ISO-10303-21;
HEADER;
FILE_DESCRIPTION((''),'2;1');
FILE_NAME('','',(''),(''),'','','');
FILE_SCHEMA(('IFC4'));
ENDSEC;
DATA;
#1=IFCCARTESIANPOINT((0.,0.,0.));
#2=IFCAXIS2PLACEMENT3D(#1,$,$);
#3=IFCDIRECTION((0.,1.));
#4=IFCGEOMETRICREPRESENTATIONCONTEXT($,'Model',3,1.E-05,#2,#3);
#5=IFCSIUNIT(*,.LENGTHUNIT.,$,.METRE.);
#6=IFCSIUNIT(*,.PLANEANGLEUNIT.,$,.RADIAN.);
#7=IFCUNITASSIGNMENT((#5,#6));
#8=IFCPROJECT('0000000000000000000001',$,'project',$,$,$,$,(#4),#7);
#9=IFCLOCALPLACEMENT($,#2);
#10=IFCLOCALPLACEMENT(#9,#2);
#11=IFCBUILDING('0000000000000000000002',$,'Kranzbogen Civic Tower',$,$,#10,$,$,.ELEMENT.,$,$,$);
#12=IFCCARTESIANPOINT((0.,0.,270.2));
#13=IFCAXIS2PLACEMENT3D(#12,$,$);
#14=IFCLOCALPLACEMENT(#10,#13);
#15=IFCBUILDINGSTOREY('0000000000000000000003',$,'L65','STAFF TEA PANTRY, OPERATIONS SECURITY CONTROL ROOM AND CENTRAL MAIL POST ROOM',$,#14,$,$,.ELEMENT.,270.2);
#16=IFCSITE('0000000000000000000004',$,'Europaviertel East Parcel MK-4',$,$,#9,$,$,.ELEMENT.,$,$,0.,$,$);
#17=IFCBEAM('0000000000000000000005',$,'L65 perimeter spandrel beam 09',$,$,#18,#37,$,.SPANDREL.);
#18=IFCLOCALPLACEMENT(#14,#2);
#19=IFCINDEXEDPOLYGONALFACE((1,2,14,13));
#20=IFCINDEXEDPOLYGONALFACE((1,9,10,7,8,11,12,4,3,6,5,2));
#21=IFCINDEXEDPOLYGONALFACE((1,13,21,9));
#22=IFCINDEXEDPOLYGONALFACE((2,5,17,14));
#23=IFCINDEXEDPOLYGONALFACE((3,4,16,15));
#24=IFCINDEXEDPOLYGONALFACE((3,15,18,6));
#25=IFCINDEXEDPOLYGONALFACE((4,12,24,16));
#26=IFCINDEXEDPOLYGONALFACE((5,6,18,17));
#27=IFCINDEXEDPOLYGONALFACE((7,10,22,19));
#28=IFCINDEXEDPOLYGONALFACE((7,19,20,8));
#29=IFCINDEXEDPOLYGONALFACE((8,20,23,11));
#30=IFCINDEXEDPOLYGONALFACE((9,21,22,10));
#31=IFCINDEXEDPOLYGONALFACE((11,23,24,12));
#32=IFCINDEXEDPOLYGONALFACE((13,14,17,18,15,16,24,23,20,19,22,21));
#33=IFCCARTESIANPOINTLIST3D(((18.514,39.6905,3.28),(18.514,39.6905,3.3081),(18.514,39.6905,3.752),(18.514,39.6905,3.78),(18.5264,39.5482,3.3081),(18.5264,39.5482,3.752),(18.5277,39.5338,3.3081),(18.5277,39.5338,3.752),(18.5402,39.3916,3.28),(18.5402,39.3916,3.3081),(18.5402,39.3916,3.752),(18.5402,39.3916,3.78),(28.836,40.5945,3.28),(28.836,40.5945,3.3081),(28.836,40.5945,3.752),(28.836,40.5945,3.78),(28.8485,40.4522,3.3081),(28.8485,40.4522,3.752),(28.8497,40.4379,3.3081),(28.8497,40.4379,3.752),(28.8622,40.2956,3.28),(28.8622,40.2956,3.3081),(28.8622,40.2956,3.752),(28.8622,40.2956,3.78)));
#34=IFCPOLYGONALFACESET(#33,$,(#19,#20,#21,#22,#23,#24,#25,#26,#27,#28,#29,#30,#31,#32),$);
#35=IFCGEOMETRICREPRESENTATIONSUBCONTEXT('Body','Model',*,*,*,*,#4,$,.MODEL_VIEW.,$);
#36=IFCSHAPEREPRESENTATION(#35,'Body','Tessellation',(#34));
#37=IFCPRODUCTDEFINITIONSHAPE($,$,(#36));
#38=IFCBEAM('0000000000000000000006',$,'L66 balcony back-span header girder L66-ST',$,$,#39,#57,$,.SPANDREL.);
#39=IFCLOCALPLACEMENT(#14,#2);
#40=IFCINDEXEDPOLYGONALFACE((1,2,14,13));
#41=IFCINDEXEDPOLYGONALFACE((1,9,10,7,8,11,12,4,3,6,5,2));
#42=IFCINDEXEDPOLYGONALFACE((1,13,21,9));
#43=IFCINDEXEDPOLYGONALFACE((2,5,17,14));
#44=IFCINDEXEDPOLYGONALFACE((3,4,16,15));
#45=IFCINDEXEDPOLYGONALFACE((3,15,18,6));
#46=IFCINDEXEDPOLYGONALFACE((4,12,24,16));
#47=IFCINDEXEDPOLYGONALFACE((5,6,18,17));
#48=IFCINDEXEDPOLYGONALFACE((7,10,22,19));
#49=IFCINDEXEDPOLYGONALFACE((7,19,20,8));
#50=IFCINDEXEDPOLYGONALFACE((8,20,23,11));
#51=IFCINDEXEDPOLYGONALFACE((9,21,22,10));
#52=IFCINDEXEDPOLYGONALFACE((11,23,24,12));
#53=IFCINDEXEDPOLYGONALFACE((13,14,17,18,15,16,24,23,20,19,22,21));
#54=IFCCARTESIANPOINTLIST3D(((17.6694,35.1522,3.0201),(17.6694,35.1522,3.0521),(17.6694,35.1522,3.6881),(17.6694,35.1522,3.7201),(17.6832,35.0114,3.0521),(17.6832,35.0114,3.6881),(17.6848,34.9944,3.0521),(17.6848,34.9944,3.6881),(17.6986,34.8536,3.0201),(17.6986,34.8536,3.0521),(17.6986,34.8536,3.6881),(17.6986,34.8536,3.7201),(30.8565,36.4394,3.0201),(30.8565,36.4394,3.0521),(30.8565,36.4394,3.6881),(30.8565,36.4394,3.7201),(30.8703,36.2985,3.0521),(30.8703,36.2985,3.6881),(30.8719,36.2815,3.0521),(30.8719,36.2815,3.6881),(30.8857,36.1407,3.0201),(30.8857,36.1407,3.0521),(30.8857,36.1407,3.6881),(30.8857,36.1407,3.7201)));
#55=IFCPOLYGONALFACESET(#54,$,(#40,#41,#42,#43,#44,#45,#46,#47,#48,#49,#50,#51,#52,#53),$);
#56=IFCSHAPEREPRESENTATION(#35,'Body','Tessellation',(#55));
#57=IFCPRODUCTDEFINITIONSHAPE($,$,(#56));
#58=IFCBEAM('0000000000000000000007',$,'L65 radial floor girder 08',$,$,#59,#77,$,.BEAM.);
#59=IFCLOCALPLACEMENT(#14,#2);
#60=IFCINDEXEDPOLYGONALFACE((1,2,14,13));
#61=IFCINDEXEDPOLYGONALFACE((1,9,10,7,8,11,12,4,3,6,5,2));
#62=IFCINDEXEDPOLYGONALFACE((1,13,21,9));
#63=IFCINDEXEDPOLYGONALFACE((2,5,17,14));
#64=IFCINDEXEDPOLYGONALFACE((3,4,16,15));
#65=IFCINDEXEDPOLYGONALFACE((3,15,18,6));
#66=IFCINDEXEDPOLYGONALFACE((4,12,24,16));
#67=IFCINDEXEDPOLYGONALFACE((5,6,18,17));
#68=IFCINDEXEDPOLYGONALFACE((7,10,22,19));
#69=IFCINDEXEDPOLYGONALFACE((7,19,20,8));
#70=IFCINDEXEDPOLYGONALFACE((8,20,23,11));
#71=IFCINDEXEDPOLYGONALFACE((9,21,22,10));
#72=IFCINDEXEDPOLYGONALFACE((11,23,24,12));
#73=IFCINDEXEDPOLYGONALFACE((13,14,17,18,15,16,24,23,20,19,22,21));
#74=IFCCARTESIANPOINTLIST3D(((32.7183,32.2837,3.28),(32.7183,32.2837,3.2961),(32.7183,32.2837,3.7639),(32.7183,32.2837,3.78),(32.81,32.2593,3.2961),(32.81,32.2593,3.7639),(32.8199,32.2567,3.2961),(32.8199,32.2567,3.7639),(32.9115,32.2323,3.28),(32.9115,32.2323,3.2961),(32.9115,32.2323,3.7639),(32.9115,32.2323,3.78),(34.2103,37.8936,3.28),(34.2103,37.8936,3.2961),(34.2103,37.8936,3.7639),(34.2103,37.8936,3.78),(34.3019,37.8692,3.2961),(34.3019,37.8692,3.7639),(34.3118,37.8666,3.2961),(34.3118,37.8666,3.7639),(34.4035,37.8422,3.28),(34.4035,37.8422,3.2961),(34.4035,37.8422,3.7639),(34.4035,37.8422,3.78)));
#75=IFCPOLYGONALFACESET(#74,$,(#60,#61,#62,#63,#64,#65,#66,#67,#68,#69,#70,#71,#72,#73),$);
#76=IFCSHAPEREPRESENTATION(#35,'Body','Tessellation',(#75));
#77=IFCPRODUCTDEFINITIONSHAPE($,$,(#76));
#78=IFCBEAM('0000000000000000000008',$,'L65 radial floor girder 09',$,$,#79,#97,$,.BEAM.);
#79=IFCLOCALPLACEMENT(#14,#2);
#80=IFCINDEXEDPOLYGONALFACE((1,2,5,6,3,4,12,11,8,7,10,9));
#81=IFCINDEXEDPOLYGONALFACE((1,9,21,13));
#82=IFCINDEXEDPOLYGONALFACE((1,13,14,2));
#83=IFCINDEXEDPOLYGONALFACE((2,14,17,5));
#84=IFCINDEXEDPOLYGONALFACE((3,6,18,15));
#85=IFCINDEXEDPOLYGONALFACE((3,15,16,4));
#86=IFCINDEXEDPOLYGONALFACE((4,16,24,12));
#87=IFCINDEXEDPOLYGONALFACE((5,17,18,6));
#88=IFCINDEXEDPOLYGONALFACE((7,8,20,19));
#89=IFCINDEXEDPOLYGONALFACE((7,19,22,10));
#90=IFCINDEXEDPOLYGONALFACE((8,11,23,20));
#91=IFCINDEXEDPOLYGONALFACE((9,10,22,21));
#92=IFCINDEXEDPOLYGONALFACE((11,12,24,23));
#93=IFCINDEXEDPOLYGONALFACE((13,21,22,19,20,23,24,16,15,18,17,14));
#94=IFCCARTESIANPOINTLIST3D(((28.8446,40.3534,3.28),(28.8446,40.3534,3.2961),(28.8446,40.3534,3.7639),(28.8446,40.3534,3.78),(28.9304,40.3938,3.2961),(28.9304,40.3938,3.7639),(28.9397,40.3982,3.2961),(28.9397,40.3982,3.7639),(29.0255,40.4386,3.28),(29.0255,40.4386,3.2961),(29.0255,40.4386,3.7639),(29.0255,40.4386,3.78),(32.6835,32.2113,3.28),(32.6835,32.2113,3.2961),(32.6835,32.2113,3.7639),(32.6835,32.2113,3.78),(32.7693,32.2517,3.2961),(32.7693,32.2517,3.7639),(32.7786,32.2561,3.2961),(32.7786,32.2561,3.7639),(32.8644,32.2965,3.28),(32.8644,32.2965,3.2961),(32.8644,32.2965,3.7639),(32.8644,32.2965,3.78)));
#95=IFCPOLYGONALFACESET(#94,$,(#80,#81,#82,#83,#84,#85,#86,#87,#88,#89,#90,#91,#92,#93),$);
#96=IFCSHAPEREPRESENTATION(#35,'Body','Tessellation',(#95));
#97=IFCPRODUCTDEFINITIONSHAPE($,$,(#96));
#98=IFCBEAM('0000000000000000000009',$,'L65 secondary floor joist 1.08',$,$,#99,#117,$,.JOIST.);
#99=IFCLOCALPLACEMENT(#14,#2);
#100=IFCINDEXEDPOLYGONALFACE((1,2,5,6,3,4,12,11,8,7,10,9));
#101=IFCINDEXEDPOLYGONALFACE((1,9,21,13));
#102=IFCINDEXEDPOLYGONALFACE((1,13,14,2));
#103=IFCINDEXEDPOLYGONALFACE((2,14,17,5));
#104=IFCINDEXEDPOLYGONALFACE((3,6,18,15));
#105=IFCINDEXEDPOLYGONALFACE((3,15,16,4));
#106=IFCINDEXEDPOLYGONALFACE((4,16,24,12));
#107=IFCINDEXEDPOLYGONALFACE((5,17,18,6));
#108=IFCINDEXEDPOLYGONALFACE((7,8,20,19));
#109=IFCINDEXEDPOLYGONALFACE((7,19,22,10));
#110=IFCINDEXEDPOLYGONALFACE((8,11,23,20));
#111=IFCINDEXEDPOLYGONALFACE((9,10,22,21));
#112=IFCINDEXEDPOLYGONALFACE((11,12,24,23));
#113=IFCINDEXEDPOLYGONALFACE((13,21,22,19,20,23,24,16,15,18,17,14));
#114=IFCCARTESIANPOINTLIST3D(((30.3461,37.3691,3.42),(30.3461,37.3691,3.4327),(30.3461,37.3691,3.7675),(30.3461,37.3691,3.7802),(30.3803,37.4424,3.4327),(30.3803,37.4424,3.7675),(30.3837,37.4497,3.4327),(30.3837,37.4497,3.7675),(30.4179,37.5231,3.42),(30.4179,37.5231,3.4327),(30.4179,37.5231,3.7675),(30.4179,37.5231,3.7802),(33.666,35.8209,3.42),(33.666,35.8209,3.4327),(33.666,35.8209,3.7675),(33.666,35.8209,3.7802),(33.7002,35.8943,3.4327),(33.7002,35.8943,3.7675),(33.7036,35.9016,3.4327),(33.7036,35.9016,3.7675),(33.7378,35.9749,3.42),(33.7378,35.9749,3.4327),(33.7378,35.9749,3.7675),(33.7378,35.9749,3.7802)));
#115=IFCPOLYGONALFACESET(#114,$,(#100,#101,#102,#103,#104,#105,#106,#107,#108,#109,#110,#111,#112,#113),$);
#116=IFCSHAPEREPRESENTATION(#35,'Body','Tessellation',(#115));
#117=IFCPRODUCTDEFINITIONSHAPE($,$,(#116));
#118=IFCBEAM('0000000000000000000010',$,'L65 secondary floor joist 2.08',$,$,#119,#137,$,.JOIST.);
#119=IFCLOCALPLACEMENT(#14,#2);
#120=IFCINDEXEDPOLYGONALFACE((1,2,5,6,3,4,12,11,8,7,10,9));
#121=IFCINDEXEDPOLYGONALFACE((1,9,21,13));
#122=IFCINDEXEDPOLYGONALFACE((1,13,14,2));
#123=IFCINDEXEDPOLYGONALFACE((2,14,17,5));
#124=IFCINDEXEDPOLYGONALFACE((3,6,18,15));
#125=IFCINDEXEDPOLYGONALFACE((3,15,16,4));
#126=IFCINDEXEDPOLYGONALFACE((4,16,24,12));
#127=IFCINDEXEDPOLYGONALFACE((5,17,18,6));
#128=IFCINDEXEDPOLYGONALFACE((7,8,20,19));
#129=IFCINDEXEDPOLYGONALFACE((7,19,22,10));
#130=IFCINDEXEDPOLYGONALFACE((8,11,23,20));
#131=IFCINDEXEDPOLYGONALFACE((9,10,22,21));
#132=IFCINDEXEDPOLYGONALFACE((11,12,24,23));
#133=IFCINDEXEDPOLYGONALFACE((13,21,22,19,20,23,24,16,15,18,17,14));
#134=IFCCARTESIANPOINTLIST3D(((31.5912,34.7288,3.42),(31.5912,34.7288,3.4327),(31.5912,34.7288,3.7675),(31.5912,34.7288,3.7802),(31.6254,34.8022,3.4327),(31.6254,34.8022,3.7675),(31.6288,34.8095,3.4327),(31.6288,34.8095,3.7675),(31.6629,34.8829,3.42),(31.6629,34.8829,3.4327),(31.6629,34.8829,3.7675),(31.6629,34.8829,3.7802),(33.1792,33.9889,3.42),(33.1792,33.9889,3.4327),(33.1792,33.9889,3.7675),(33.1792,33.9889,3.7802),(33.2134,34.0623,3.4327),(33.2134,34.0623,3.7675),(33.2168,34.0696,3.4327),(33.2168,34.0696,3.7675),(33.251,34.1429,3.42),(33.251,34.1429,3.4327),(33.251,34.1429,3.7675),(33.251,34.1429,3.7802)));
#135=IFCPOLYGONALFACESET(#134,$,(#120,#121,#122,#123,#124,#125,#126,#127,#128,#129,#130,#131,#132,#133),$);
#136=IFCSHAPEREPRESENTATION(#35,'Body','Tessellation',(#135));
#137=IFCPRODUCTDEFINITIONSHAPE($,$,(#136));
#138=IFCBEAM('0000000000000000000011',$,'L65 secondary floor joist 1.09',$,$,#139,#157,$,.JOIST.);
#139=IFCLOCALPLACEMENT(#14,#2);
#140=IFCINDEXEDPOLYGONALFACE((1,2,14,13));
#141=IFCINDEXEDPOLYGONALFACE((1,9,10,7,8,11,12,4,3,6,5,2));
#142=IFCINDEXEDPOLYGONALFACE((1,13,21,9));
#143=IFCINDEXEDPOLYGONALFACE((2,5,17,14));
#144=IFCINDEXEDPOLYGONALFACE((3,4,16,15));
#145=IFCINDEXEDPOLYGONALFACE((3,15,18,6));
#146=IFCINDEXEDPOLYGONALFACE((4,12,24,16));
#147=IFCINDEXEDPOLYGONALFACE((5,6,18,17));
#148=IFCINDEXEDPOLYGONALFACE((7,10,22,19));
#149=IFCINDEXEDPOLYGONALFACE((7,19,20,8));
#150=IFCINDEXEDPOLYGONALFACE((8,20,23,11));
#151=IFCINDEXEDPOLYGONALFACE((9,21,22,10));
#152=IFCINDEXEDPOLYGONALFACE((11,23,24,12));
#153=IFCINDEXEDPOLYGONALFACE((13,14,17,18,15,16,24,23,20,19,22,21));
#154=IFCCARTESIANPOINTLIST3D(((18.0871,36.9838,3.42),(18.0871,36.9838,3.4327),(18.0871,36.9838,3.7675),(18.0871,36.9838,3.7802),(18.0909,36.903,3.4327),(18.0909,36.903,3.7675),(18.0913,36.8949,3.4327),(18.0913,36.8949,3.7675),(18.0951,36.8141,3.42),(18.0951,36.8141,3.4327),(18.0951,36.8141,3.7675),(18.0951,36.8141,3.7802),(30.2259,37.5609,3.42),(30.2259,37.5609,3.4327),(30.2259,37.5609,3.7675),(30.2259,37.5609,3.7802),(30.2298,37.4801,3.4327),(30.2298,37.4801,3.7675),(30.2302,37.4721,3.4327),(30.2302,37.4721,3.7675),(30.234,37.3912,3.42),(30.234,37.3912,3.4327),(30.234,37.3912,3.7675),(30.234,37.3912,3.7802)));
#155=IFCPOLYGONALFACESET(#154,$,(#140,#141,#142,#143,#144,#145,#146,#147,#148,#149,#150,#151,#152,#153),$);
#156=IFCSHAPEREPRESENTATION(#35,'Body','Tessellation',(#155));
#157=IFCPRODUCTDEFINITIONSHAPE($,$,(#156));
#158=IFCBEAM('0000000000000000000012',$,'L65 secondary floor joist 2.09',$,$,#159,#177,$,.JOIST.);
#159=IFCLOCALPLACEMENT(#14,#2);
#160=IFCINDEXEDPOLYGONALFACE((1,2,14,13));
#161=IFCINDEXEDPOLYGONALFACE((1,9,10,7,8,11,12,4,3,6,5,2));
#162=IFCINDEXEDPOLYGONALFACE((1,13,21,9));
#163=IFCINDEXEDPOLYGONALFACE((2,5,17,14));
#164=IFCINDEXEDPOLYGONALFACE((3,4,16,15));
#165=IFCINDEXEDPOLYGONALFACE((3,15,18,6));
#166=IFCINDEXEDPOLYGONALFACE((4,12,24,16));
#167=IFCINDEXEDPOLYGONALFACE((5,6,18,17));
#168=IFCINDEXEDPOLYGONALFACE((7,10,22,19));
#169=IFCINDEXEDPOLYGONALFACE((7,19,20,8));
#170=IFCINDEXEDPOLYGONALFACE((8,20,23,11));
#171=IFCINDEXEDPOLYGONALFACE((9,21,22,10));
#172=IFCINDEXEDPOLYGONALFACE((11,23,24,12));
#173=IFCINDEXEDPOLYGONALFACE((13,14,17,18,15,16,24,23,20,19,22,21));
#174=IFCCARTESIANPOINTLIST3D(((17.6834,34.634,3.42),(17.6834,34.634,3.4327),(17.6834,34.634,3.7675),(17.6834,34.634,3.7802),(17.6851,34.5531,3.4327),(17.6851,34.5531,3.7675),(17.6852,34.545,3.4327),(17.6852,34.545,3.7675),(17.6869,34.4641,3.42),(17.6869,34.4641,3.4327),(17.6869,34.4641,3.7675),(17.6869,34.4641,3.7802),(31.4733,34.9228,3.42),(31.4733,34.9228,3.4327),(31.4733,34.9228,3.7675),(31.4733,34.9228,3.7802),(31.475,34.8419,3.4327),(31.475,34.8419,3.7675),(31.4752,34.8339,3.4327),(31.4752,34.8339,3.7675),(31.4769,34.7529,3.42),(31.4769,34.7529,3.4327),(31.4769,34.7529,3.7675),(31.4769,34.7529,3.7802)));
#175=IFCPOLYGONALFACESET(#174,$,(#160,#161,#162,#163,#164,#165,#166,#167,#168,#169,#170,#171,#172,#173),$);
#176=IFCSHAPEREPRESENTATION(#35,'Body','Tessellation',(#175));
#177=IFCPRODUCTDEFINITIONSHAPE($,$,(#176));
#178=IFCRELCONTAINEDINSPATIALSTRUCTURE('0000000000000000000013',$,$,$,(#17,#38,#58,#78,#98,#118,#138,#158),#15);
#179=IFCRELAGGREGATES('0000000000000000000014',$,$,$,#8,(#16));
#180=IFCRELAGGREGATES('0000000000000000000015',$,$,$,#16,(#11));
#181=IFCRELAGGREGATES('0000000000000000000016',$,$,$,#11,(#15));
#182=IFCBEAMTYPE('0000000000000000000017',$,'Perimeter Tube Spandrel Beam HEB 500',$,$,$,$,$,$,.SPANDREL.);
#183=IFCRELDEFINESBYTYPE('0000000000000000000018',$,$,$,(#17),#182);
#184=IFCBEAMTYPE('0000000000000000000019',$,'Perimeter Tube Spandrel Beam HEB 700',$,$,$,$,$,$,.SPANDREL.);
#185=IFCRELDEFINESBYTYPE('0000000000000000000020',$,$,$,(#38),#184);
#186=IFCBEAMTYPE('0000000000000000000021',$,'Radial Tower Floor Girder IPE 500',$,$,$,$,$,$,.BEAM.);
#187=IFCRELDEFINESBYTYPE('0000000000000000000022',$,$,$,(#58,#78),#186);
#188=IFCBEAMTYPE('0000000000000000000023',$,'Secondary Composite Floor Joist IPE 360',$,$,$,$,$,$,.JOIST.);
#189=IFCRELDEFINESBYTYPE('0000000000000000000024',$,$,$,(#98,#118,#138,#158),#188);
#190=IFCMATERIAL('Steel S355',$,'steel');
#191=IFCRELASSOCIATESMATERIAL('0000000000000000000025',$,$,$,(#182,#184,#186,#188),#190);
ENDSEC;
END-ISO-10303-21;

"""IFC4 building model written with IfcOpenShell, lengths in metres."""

from ifc_helpers import new_model, si_unit, direction, frame, origin, origin_2d, place, context, subcontext, project, spatial, i_section, extrude, material, material_profile, profile_set, type_object, element, save


model = new_model("IFC4")

# Units and contexts
model_context = context("Model", 3, precision=1e-05, world=origin(), true_north=direction((0.0, 1.0)))
body_context = subcontext(model_context, "Body", "Model", "MODEL_VIEW")
ifc_project = project(units=[si_unit("LENGTHUNIT", "METRE"), si_unit("PLANEANGLEUNIT", "RADIAN")], contexts=[model_context])

# Site, building, storey
site_placement = place(None, origin())
site = spatial("IfcSite", under=ifc_project, at=site_placement, Name="Europaviertel East Parcel MK-4", CompositionType="ELEMENT", RefElevation=0.0)
building_placement = place(site_placement, origin())
building = spatial("IfcBuilding", under=site, at=building_placement, Name="Kranzbogen Civic Tower", CompositionType="ELEMENT")
storey_placement = place(building_placement, frame((0.0, 0.0, 270.2)))
storey = spatial("IfcBuildingStorey", under=building, at=storey_placement, Name="L65", Description="STAFF TEA PANTRY, OPERATIONS SECURITY CONTROL ROOM AND CENTRAL MAIL POST ROOM", CompositionType="ELEMENT", Elevation=270.2)

# Shared definitions
ifc_material_1 = material(Name="Steel S355", Category="steel")

# Beams
ifc_material_profile_1 = material_profile(ifc_material_1, i_section(OverallWidth=0.3, OverallDepth=0.5, WebThickness=0.0144, FlangeThickness=0.0281, at=origin_2d()), Name="HEB 500")
ifc_profile_set_1 = profile_set([ifc_material_profile_1], Name="Steel S355")
beam_type_1 = type_object("IfcBeamType", Name="Perimeter Tube Spandrel Beam HEB 500", PredefinedType="SPANDREL", material=ifc_profile_set_1)
beam_1_placement = place(storey_placement, frame((28.8491, 40.4451, 3.53), z_axis=(-0.996186, -0.087251, 0.0), x_axis=(0.087251, -0.996186, 0.0)))
element("IfcBeam", 1, at=beam_1_placement, inside=storey, type_object=beam_type_1, Name="L65 perimeter spandrel beam 09", PredefinedType="SPANDREL", context=body_context, shape_type="SweptSolid", body=[
    extrude(i_section(OverallWidth=0.3, OverallDepth=0.5, WebThickness=0.0144, FlangeThickness=0.0281, at=origin_2d()), origin(), (0.0, 0.0, 1.0), 10.3616),
])
ifc_material_profile_2 = material_profile(ifc_material_1, i_section(OverallWidth=0.3, OverallDepth=0.7, WebThickness=0.0171, FlangeThickness=0.032, at=origin_2d()), Name="HEB 700")
ifc_profile_set_2 = profile_set([ifc_material_profile_2], Name="Steel S355")
beam_type_2 = type_object("IfcBeamType", Name="Perimeter Tube Spandrel Beam HEB 700", PredefinedType="SPANDREL", material=ifc_profile_set_2)
beam_2_placement = place(storey_placement, frame((30.8711, 36.29, 3.3701), z_axis=(-0.99527, -0.097143, 0.0), x_axis=(0.097143, -0.99527, 0.0)))
element("IfcBeam", 2, at=beam_2_placement, inside=storey, type_object=beam_type_2, Name="L66 balcony back-span header girder L66-ST", PredefinedType="SPANDREL", context=body_context, shape_type="SweptSolid", body=[
    extrude(i_section(OverallWidth=0.3, OverallDepth=0.7, WebThickness=0.0171, FlangeThickness=0.032, at=origin_2d()), origin(), (0.0, 0.0, 1.0), 13.2498),
])
ifc_material_profile_3 = material_profile(ifc_material_1, i_section(OverallWidth=0.2, OverallDepth=0.5, WebThickness=0.0103, FlangeThickness=0.0161, at=origin_2d()), Name="IPE 500")
ifc_profile_set_3 = profile_set([ifc_material_profile_3], Name="Steel S355")
beam_type_3 = type_object("IfcBeamType", Name="Radial Tower Floor Girder IPE 500", PredefinedType="BEAM", material=ifc_profile_set_3)
beam_3_placement = place(storey_placement, frame((34.3069, 37.8679, 3.53), z_axis=(-0.257016, -0.966407, 0.0), x_axis=(0.966407, -0.257016, 0.0)))
element("IfcBeam", 3, at=beam_3_placement, inside=storey, type_object=beam_type_3, Name="L65 radial floor girder 08", PredefinedType="BEAM", context=body_context, shape_type="SweptSolid", body=[
    extrude(i_section(OverallWidth=0.2, OverallDepth=0.5, WebThickness=0.0103, FlangeThickness=0.0161, at=origin_2d()), origin(), (0.0, 0.0, 1.0), 5.8049),
])
beam_4_placement = place(storey_placement, frame((28.9351, 40.396, 3.53), z_axis=(0.42646, -0.904506, 0.0), x_axis=(0.904506, 0.42646, 0.0)))
element("IfcBeam", 4, at=beam_4_placement, inside=storey, type_object=beam_type_3, Name="L65 radial floor girder 09", PredefinedType="BEAM", context=body_context, shape_type="SweptSolid", body=[
    extrude(i_section(OverallWidth=0.2, OverallDepth=0.5, WebThickness=0.0103, FlangeThickness=0.0161, at=origin_2d()), origin(), (0.0, 0.0, 1.0), 9.0017),
])
ifc_material_profile_4 = material_profile(ifc_material_1, i_section(OverallWidth=0.1699, OverallDepth=0.3601, WebThickness=0.0081, FlangeThickness=0.0127, at=origin_2d()), Name="IPE 360")
ifc_profile_set_4 = profile_set([ifc_material_profile_4], Name="Steel S355")
beam_type_4 = type_object("IfcBeamType", Name="Secondary Composite Floor Joist IPE 360", PredefinedType="JOIST", material=ifc_profile_set_4)
beam_5_placement = place(storey_placement, frame((33.7019, 35.8979, 3.6001), z_axis=(-0.906304, 0.422626, 0.0), x_axis=(-0.422626, -0.906304, 0.0)))
element("IfcBeam", 5, at=beam_5_placement, inside=storey, type_object=beam_type_4, Name="L65 secondary floor joist 1.08", PredefinedType="JOIST", context=body_context, shape_type="SweptSolid", body=[
    extrude(i_section(OverallWidth=0.1699, OverallDepth=0.3601, WebThickness=0.0081, FlangeThickness=0.0127, at=origin_2d()), origin(), (0.0, 0.0, 1.0), 3.6631),
])
beam_6_placement = place(storey_placement, frame((33.2151, 34.0659, 3.6001), z_axis=(-0.906432, 0.422351, 0.0), x_axis=(-0.422351, -0.906432, 0.0)))
element("IfcBeam", 6, at=beam_6_placement, inside=storey, type_object=beam_type_4, Name="L65 secondary floor joist 2.08", PredefinedType="JOIST", context=body_context, shape_type="SweptSolid", body=[
    extrude(i_section(OverallWidth=0.1699, OverallDepth=0.3601, WebThickness=0.0081, FlangeThickness=0.0127, at=origin_2d()), origin(), (0.0, 0.0, 1.0), 1.752),
])
beam_7_placement = place(storey_placement, frame((30.23, 37.4761, 3.6001), z_axis=(-0.998872, -0.047492, 0.0), x_axis=(0.047492, -0.998872, 0.0)))
element("IfcBeam", 7, at=beam_7_placement, inside=storey, type_object=beam_type_4, Name="L65 secondary floor joist 1.09", PredefinedType="JOIST", context=body_context, shape_type="SweptSolid", body=[
    extrude(i_section(OverallWidth=0.1699, OverallDepth=0.3601, WebThickness=0.0081, FlangeThickness=0.0127, at=origin_2d()), origin(), (0.0, 0.0, 1.0), 12.1526),
])
beam_8_placement = place(storey_placement, frame((31.4751, 34.8379, 3.6001), z_axis=(-0.999781, -0.020939, 0.0), x_axis=(0.020939, -0.999781, 0.0)))
element("IfcBeam", 8, at=beam_8_placement, inside=storey, type_object=beam_type_4, Name="L65 secondary floor joist 2.09", PredefinedType="JOIST", context=body_context, shape_type="SweptSolid", body=[
    extrude(i_section(OverallWidth=0.1699, OverallDepth=0.3601, WebThickness=0.0081, FlangeThickness=0.0127, at=origin_2d()), origin(), (0.0, 0.0, 1.0), 13.793),
])

save(model, "model.ifc")
